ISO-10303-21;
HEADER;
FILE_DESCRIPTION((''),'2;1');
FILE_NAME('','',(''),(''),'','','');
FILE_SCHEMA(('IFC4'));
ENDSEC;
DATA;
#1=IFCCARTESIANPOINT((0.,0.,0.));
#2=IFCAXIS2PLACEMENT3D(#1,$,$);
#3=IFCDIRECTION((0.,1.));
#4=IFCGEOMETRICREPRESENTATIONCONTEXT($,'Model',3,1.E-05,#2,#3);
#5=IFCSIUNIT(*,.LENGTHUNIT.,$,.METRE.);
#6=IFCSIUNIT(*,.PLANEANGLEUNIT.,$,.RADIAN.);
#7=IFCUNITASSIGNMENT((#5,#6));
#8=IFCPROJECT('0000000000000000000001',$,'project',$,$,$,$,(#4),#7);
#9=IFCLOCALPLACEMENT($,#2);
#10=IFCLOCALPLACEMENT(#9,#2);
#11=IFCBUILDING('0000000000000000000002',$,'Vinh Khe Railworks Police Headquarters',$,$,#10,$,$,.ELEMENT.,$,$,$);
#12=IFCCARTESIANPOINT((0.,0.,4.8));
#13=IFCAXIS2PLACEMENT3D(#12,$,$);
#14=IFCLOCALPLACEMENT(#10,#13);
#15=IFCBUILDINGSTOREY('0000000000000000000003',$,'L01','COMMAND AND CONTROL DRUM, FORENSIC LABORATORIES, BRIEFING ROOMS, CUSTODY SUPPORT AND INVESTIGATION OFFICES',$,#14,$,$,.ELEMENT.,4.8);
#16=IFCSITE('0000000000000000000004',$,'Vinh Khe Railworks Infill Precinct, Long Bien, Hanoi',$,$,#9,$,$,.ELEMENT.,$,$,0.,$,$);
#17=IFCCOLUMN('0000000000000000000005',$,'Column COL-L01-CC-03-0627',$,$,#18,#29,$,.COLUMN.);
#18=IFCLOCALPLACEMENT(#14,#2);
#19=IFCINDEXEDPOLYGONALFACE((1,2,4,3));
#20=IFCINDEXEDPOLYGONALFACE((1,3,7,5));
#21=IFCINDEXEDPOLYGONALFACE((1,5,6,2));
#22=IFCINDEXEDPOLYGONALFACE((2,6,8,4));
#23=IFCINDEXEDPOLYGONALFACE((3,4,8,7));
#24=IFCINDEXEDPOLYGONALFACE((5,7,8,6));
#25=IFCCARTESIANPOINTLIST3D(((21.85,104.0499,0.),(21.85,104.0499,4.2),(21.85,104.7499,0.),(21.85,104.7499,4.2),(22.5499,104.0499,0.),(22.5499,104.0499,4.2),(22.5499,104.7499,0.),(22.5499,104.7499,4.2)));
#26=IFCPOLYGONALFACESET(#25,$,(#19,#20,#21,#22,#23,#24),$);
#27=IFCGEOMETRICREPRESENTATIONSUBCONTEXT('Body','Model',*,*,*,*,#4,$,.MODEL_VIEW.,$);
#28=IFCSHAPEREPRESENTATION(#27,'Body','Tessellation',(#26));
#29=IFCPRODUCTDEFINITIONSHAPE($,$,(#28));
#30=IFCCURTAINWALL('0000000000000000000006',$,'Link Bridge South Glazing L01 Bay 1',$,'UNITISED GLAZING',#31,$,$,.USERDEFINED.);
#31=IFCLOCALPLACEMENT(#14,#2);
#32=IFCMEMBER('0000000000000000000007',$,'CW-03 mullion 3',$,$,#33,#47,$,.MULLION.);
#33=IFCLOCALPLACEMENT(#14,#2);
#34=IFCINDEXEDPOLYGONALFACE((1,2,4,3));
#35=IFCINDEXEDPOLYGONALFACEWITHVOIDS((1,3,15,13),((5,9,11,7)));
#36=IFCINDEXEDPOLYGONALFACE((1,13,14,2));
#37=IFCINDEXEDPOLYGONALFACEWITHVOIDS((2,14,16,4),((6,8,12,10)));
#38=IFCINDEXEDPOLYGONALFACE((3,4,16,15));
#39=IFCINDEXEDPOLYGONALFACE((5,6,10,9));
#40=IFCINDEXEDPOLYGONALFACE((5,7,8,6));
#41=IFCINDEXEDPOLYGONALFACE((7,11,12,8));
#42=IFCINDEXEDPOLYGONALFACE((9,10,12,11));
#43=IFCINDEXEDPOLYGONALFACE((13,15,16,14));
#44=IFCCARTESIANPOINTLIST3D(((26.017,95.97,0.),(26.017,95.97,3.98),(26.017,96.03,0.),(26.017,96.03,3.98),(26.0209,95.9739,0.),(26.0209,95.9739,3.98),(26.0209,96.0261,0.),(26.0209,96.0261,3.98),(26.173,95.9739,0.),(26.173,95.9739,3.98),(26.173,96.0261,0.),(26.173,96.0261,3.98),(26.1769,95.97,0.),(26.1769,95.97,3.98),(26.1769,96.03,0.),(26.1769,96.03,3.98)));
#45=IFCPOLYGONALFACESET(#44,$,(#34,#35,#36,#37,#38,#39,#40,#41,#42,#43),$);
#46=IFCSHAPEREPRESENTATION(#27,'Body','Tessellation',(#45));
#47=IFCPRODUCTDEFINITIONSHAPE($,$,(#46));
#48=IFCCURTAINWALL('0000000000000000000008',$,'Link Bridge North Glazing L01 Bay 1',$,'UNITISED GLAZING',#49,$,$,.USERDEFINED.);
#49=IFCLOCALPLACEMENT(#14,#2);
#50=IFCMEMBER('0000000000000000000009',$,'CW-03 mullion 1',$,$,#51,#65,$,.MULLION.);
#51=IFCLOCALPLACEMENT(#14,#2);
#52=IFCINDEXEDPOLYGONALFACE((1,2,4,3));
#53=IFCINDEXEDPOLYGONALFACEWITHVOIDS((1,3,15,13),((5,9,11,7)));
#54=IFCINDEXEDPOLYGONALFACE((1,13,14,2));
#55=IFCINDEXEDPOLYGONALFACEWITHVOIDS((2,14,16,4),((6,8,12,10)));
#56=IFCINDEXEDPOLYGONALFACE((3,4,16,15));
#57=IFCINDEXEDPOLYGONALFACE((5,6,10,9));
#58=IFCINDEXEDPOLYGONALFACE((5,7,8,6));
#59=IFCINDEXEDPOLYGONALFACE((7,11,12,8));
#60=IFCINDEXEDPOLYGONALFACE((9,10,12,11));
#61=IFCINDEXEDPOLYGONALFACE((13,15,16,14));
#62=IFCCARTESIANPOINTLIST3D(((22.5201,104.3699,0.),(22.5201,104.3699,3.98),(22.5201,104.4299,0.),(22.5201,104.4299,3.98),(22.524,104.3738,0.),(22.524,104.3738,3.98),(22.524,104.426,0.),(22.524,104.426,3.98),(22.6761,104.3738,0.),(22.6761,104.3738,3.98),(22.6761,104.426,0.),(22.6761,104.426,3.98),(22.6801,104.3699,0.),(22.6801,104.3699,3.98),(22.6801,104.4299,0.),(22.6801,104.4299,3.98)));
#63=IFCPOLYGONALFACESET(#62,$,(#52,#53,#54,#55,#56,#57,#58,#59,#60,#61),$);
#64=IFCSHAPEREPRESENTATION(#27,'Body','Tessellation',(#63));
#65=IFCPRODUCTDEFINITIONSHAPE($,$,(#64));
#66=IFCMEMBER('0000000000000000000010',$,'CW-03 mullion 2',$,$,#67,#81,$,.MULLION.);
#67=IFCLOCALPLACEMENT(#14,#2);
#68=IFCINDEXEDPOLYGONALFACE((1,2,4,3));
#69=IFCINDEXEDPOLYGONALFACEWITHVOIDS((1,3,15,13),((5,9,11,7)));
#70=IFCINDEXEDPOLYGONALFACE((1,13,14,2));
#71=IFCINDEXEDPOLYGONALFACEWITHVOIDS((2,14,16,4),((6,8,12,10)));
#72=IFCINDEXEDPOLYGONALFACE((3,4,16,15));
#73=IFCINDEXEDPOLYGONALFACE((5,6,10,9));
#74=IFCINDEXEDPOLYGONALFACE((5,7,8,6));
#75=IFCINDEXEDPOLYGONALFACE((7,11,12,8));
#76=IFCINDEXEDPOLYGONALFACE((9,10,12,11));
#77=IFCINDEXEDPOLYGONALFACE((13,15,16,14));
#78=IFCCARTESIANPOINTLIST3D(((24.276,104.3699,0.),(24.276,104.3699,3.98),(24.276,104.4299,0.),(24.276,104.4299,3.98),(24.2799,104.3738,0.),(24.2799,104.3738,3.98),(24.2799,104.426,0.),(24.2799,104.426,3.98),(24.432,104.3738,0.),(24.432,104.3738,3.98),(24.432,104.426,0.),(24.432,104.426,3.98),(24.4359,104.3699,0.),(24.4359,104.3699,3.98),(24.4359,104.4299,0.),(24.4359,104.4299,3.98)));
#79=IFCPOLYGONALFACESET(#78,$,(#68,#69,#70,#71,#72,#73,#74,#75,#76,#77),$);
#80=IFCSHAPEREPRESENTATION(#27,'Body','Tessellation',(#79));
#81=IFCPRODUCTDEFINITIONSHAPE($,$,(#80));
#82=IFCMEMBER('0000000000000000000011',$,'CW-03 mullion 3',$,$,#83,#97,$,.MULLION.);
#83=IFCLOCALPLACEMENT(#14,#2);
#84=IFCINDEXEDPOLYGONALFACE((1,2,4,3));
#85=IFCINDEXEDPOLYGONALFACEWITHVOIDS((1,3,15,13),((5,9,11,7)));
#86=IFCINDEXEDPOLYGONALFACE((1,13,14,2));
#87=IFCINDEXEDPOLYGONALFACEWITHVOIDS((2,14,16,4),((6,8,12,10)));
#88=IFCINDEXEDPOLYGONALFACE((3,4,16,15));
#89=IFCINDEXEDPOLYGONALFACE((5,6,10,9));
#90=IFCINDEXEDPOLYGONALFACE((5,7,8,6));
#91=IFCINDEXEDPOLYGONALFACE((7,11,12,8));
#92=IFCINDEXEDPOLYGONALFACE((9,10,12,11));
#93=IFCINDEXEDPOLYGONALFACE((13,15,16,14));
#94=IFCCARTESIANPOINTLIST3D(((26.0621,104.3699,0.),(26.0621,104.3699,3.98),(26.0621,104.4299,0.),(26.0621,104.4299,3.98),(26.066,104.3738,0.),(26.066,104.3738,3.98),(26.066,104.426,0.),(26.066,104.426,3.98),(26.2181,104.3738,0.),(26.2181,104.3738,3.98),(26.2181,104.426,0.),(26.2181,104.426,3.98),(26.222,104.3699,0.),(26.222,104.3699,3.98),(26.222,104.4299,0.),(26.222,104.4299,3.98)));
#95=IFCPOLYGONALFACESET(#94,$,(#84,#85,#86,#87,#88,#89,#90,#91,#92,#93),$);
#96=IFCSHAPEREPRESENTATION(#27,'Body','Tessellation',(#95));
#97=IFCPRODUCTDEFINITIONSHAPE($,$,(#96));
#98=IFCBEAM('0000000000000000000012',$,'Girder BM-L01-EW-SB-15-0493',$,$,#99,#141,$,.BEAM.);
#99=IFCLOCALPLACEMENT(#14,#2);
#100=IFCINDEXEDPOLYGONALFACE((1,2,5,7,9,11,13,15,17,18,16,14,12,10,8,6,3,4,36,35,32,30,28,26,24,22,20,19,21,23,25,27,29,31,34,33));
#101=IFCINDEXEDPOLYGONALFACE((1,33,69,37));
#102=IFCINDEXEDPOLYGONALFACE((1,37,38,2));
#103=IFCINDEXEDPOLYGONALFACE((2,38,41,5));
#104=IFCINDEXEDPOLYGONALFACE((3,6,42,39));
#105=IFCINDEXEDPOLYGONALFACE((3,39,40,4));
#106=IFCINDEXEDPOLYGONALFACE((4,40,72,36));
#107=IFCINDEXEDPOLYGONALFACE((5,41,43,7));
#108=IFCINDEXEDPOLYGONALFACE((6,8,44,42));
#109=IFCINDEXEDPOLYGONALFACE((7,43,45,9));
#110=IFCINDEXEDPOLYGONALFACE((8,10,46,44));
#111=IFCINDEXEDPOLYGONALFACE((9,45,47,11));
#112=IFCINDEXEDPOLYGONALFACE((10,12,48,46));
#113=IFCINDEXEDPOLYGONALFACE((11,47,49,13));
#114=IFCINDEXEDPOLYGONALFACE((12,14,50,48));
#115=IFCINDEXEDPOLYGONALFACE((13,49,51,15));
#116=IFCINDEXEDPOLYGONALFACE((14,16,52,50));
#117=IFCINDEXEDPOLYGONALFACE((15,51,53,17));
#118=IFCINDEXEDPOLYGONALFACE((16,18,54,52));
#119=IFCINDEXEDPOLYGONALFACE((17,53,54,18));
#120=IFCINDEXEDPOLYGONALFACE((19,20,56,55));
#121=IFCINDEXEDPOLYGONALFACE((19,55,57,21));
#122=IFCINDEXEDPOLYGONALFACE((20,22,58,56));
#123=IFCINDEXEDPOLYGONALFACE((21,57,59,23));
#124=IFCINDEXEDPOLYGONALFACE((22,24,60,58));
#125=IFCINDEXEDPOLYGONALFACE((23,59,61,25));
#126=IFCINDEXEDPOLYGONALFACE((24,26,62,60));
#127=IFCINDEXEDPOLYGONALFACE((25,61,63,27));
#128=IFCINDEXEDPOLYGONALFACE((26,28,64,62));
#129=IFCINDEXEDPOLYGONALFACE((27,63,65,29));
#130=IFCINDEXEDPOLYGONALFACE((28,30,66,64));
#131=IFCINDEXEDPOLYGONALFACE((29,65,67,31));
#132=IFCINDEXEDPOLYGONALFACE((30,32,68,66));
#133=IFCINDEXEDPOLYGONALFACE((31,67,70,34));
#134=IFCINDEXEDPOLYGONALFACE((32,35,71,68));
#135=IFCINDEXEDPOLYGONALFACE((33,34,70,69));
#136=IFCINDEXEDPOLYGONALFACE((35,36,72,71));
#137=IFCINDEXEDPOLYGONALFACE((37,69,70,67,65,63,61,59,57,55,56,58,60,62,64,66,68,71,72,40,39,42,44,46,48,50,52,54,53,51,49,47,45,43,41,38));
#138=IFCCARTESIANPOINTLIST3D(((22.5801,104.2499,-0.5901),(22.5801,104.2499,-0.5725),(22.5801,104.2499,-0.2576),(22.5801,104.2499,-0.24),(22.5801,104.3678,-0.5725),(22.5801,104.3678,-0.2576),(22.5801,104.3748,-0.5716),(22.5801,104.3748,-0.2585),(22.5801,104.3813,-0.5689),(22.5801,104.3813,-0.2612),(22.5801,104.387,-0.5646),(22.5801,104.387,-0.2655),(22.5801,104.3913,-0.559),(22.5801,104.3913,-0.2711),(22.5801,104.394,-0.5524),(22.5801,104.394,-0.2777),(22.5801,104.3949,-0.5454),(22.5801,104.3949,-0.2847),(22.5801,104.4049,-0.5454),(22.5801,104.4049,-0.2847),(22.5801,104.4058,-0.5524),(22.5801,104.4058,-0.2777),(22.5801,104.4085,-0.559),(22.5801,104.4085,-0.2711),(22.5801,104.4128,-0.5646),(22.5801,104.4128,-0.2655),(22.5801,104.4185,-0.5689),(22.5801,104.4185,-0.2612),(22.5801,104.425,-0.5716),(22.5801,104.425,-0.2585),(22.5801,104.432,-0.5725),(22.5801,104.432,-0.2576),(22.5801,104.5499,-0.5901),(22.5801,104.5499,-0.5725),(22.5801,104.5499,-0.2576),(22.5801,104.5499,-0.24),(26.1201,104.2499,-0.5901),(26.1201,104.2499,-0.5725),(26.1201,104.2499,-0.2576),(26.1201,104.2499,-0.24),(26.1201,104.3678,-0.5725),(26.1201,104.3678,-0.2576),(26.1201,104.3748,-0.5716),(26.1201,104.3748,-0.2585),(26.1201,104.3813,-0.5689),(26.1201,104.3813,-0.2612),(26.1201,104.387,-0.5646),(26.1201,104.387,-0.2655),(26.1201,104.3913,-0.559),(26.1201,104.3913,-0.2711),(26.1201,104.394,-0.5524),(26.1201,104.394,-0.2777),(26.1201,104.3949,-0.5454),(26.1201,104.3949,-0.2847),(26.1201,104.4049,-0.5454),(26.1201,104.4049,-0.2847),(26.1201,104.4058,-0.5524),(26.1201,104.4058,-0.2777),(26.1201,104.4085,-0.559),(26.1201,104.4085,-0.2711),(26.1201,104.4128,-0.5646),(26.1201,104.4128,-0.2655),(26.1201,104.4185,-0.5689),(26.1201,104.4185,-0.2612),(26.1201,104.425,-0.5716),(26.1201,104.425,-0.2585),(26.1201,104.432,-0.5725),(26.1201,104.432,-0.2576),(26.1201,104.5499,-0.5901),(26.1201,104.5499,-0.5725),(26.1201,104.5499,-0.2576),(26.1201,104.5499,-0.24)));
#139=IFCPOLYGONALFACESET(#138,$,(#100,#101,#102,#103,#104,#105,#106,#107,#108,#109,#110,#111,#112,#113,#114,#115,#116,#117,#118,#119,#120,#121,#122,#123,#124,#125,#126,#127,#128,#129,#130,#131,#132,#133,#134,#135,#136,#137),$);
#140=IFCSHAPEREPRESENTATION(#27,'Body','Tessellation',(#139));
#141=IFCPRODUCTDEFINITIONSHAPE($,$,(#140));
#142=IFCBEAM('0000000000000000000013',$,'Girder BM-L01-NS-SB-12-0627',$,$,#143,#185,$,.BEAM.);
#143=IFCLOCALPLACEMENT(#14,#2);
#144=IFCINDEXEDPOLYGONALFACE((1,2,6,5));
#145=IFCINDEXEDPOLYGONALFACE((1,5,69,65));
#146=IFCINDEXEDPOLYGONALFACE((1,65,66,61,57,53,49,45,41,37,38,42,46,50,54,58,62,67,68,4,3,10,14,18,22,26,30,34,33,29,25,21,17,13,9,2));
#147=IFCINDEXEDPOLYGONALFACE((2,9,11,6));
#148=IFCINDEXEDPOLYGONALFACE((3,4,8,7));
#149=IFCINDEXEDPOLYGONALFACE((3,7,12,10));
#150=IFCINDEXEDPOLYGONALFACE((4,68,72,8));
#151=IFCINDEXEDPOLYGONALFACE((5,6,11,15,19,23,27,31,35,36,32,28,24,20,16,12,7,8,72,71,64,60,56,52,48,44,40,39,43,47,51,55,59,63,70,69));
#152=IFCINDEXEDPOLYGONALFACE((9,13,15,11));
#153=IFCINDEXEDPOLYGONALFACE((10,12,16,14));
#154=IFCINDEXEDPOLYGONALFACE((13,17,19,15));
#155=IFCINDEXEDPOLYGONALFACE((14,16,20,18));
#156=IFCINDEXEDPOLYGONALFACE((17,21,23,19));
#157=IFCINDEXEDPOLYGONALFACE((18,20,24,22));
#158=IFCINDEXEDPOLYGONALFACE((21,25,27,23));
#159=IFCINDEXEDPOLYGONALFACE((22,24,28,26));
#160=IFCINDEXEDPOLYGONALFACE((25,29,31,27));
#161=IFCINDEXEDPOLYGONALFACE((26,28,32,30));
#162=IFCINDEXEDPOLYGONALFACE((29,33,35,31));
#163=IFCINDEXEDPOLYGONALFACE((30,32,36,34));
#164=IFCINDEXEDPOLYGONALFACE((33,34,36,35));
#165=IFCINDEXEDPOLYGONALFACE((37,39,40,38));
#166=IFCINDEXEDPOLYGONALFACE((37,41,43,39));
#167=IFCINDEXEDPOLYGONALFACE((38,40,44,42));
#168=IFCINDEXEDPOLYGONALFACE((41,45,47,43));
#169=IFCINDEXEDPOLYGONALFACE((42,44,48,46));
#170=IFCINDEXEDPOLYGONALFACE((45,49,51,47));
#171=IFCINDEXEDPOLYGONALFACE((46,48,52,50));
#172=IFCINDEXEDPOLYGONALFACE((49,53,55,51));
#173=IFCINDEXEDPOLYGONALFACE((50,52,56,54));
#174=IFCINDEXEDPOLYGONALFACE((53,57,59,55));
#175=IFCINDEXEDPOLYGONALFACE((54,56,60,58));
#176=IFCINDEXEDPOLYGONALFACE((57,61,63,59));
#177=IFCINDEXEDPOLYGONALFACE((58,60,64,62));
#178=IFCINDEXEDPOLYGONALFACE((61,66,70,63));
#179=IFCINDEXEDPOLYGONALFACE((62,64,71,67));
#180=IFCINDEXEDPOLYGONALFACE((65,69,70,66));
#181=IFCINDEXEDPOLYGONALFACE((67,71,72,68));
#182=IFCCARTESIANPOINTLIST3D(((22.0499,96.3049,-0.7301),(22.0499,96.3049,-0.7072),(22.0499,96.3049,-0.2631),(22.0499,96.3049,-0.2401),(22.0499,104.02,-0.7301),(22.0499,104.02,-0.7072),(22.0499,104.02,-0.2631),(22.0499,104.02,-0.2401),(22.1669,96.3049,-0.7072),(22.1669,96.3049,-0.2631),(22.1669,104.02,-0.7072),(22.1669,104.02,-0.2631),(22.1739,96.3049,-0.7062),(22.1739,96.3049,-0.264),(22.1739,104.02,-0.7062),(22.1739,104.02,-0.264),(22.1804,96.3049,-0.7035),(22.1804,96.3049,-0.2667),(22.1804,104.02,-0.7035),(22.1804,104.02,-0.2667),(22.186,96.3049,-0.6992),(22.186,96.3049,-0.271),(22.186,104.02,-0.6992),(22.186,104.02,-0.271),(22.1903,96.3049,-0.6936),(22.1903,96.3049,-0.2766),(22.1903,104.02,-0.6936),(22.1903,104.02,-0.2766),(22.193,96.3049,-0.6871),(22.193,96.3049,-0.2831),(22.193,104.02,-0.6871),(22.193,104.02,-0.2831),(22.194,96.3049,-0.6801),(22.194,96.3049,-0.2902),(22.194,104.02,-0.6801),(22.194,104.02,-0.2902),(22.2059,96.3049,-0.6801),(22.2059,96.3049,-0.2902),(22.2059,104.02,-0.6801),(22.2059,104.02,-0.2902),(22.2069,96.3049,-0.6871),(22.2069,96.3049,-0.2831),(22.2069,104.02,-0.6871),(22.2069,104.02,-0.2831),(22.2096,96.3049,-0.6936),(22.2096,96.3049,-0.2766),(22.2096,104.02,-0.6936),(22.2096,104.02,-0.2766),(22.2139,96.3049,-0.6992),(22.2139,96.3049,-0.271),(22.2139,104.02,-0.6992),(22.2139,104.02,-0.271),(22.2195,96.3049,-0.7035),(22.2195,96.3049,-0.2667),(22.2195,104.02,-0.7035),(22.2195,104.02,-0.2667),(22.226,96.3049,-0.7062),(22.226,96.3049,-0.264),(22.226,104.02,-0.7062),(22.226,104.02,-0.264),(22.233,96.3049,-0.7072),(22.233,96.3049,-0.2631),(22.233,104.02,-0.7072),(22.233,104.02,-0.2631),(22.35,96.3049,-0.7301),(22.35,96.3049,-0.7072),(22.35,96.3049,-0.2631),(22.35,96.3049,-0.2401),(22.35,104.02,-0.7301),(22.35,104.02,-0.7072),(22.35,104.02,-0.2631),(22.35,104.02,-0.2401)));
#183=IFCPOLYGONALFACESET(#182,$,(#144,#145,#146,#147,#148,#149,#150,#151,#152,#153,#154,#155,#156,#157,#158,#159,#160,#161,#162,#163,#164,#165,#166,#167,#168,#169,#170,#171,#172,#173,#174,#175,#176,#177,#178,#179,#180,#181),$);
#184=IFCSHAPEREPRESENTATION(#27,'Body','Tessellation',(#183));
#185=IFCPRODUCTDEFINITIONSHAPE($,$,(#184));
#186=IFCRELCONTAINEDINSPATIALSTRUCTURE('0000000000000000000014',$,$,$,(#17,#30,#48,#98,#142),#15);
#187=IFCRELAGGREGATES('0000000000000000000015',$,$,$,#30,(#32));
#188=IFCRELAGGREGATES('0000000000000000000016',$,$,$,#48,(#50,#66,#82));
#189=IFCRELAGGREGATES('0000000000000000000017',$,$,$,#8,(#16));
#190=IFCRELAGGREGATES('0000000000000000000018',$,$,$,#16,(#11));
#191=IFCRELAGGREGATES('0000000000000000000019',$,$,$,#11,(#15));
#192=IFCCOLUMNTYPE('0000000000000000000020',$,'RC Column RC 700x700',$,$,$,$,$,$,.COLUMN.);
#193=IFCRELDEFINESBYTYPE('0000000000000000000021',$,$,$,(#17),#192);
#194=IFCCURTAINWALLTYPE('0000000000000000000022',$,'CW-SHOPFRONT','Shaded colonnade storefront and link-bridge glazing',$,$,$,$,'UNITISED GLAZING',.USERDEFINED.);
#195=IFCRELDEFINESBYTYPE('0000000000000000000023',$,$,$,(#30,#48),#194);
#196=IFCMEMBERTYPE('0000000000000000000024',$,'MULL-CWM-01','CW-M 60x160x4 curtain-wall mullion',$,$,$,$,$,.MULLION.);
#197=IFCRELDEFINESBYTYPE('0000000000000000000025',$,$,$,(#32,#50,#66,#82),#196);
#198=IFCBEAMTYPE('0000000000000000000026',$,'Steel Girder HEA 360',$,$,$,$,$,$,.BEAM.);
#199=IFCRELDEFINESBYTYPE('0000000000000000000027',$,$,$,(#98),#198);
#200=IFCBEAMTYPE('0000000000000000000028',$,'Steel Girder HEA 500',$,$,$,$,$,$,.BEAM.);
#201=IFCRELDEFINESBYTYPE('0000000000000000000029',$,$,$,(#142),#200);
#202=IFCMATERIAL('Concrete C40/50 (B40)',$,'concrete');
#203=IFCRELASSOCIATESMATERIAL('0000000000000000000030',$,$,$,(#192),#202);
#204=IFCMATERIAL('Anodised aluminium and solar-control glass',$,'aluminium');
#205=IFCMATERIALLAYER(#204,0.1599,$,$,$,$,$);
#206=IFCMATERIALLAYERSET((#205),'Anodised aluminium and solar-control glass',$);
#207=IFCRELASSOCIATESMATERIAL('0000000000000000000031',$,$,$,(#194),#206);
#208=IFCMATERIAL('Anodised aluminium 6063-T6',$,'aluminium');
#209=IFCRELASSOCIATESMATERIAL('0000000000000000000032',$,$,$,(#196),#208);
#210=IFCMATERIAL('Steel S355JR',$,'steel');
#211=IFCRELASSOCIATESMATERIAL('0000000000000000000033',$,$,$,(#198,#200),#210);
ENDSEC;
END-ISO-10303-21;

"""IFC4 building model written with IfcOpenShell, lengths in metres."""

from ifc_helpers import new_model, si_unit, direction, frame, origin, origin_2d, place, context, subcontext, project, spatial, rectangle, hollow_rectangle, i_section, extrude, material, layer, layer_set, material_profile, profile_set, type_object, element, aggregate, save


model = new_model("IFC4")

# Units and contexts
model_context = context("Model", 3, precision=1e-05, world=origin(), true_north=direction((0.0, 1.0)))
body_context = subcontext(model_context, "Body", "Model", "MODEL_VIEW")
ifc_project = project(units=[si_unit("LENGTHUNIT", "METRE"), si_unit("PLANEANGLEUNIT", "RADIAN")], contexts=[model_context])

# Site, building, storey
site_placement = place(None, origin())
site = spatial("IfcSite", under=ifc_project, at=site_placement, Name="Vinh Khe Railworks Infill Precinct, Long Bien, Hanoi", CompositionType="ELEMENT", RefElevation=0.0)
building_placement = place(site_placement, origin())
building = spatial("IfcBuilding", under=site, at=building_placement, Name="Vinh Khe Railworks Police Headquarters", CompositionType="ELEMENT")
storey_placement = place(building_placement, frame((0.0, 0.0, 4.8)))
storey = spatial("IfcBuildingStorey", under=building, at=storey_placement, Name="L01", Description="COMMAND AND CONTROL DRUM, FORENSIC LABORATORIES, BRIEFING ROOMS, CUSTODY SUPPORT AND INVESTIGATION OFFICES", CompositionType="ELEMENT", Elevation=4.8)

# Column
ifc_material_1 = material(Name="Concrete C40/50 (B40)", Category="concrete")
ifc_material_profile_1 = material_profile(ifc_material_1, rectangle(XDim=0.7, YDim=0.7, at=origin_2d()), Name="RC 700x700")
ifc_profile_set_1 = profile_set([ifc_material_profile_1], Name="Concrete C40/50 (B40)")
column_type = type_object("IfcColumnType", Name="RC Column RC 700x700", PredefinedType="COLUMN", material=ifc_profile_set_1)
column_placement = place(storey_placement, frame((22.2, 104.3999, 0.0), z_axis=(0.0, 0.0, 1.0), x_axis=(1.0, 0.0, 0.0)))
element("IfcColumn", 1, at=column_placement, inside=storey, type_object=column_type, Name="Column COL-L01-CC-03-0627", PredefinedType="COLUMN", context=body_context, shape_type="SweptSolid", body=[
    extrude(rectangle(XDim=0.7, YDim=0.7, at=origin_2d()), origin(), (0.0, 0.0, 1.0), 4.2),
])

# Curtain wall, member
ifc_material_2 = material(Name="Anodised aluminium and solar-control glass", Category="aluminium")
ifc_layer_1 = layer(ifc_material_2, 0.1599)
ifc_layer_set_1 = layer_set([ifc_layer_1], Name="Anodised aluminium and solar-control glass")
curtain_wall_type = type_object("IfcCurtainWallType", Name="CW-SHOPFRONT", Description="Shaded colonnade storefront and link-bridge glazing", ElementType="UNITISED GLAZING", PredefinedType="USERDEFINED", material=ifc_layer_set_1)
curtain_wall_1_placement = place(storey_placement, origin())
curtain_wall_1 = element("IfcCurtainWall", 2, at=curtain_wall_1_placement, inside=storey, type_object=curtain_wall_type, Name="Link Bridge South Glazing L01 Bay 1", ObjectType="UNITISED GLAZING", PredefinedType="USERDEFINED")
ifc_material_3 = material(Name="Anodised aluminium 6063-T6", Category="aluminium")
ifc_material_profile_2 = material_profile(ifc_material_3, hollow_rectangle(XDim=0.0601, YDim=0.1599, WallThickness=0.0039, at=origin_2d()), Name="CW-M 60x160x4")
ifc_profile_set_2 = profile_set([ifc_material_profile_2], Name="Anodised aluminium 6063-T6")
member_type_1 = type_object("IfcMemberType", Name="MULL-CWM-01", Description="CW-M 60x160x4 curtain-wall mullion", PredefinedType="MULLION", material=ifc_profile_set_2)
member_1_placement = place(storey_placement, frame((26.0969, 96.0, 0.0), z_axis=(0.0, 0.0, 1.0), x_axis=(0.0, 1.0, 0.0)))
member_1 = element("IfcMember", 3, at=member_1_placement, type_object=member_type_1, Name="CW-03 mullion 3", PredefinedType="MULLION", context=body_context, shape_type="SweptSolid", body=[
    extrude(hollow_rectangle(XDim=0.0601, YDim=0.1599, WallThickness=0.0039, at=origin_2d()), origin(), (0.0, 0.0, 1.0), 3.98),
])

# Curtain wall, members
curtain_wall_2_placement = place(storey_placement, origin())
curtain_wall_2 = element("IfcCurtainWall", 4, at=curtain_wall_2_placement, inside=storey, type_object=curtain_wall_type, Name="Link Bridge North Glazing L01 Bay 1", ObjectType="UNITISED GLAZING", PredefinedType="USERDEFINED")
member_2_placement = place(storey_placement, frame((22.6001, 104.3999, 0.0), z_axis=(0.0, 0.0, 1.0), x_axis=(0.0, 1.0, 0.0)))
member_2 = element("IfcMember", 5, at=member_2_placement, type_object=member_type_1, Name="CW-03 mullion 1", PredefinedType="MULLION", context=body_context, shape_type="SweptSolid", body=[
    extrude(hollow_rectangle(XDim=0.0601, YDim=0.1599, WallThickness=0.0039, at=origin_2d()), origin(), (0.0, 0.0, 1.0), 3.98),
])
member_3_placement = place(storey_placement, frame((24.356, 104.3999, 0.0), z_axis=(0.0, 0.0, 1.0), x_axis=(0.0, 1.0, 0.0)))
member_3 = element("IfcMember", 6, at=member_3_placement, type_object=member_type_1, Name="CW-03 mullion 2", PredefinedType="MULLION", context=body_context, shape_type="SweptSolid", body=[
    extrude(hollow_rectangle(XDim=0.0601, YDim=0.1599, WallThickness=0.0039, at=origin_2d()), origin(), (0.0, 0.0, 1.0), 3.98),
])
member_4_placement = place(storey_placement, frame((26.1421, 104.3999, 0.0), z_axis=(0.0, 0.0, 1.0), x_axis=(0.0, 1.0, 0.0)))
member_4 = element("IfcMember", 7, at=member_4_placement, type_object=member_type_1, Name="CW-03 mullion 3", PredefinedType="MULLION", context=body_context, shape_type="SweptSolid", body=[
    extrude(hollow_rectangle(XDim=0.0601, YDim=0.1599, WallThickness=0.0039, at=origin_2d()), origin(), (0.0, 0.0, 1.0), 3.98),
])

# Beams
ifc_material_4 = material(Name="Steel S355JR", Category="steel")
ifc_material_profile_3 = material_profile(ifc_material_4, i_section(OverallWidth=0.3, OverallDepth=0.3501, WebThickness=0.01, FlangeThickness=0.0176, FilletRadius=0.0271, at=origin_2d()), Name="HEA 360")
ifc_profile_set_3 = profile_set([ifc_material_profile_3], Name="Steel S355JR")
beam_type_1 = type_object("IfcBeamType", Name="Steel Girder HEA 360", PredefinedType="BEAM", material=ifc_profile_set_3)
beam_1_placement = place(storey_placement, frame((22.5801, 104.3999, -0.415), z_axis=(1.0, 0.0, 0.0), x_axis=(0.0, 1.0, 0.0)))
element("IfcBeam", 8, at=beam_1_placement, inside=storey, type_object=beam_type_1, Name="Girder BM-L01-EW-SB-15-0493", PredefinedType="BEAM", context=body_context, shape_type="SweptSolid", body=[
    extrude(i_section(OverallWidth=0.3, OverallDepth=0.3501, WebThickness=0.01, FlangeThickness=0.0176, FilletRadius=0.0271, at=origin_2d()), origin(), (0.0, 0.0, 1.0), 3.54),
])
ifc_material_profile_4 = material_profile(ifc_material_4, i_section(OverallWidth=0.3, OverallDepth=0.49, WebThickness=0.012, FlangeThickness=0.0229, FilletRadius=0.0271, at=origin_2d()), Name="HEA 500")
ifc_profile_set_4 = profile_set([ifc_material_profile_4], Name="Steel S355JR")
beam_type_2 = type_object("IfcBeamType", Name="Steel Girder HEA 500", PredefinedType="BEAM", material=ifc_profile_set_4)
beam_2_placement = place(storey_placement, frame((22.2, 96.3049, -0.4851), z_axis=(0.0, 1.0, 0.0), x_axis=(-1.0, 0.0, 0.0)))
element("IfcBeam", 9, at=beam_2_placement, inside=storey, type_object=beam_type_2, Name="Girder BM-L01-NS-SB-12-0627", PredefinedType="BEAM", context=body_context, shape_type="SweptSolid", body=[
    extrude(i_section(OverallWidth=0.3, OverallDepth=0.49, WebThickness=0.012, FlangeThickness=0.0229, FilletRadius=0.0271, at=origin_2d()), origin(), (0.0, 0.0, 1.0), 7.7151),
])

aggregate(curtain_wall_1, [member_1])

aggregate(curtain_wall_2, [member_2, member_3, member_4])

save(model, "model.ifc")
